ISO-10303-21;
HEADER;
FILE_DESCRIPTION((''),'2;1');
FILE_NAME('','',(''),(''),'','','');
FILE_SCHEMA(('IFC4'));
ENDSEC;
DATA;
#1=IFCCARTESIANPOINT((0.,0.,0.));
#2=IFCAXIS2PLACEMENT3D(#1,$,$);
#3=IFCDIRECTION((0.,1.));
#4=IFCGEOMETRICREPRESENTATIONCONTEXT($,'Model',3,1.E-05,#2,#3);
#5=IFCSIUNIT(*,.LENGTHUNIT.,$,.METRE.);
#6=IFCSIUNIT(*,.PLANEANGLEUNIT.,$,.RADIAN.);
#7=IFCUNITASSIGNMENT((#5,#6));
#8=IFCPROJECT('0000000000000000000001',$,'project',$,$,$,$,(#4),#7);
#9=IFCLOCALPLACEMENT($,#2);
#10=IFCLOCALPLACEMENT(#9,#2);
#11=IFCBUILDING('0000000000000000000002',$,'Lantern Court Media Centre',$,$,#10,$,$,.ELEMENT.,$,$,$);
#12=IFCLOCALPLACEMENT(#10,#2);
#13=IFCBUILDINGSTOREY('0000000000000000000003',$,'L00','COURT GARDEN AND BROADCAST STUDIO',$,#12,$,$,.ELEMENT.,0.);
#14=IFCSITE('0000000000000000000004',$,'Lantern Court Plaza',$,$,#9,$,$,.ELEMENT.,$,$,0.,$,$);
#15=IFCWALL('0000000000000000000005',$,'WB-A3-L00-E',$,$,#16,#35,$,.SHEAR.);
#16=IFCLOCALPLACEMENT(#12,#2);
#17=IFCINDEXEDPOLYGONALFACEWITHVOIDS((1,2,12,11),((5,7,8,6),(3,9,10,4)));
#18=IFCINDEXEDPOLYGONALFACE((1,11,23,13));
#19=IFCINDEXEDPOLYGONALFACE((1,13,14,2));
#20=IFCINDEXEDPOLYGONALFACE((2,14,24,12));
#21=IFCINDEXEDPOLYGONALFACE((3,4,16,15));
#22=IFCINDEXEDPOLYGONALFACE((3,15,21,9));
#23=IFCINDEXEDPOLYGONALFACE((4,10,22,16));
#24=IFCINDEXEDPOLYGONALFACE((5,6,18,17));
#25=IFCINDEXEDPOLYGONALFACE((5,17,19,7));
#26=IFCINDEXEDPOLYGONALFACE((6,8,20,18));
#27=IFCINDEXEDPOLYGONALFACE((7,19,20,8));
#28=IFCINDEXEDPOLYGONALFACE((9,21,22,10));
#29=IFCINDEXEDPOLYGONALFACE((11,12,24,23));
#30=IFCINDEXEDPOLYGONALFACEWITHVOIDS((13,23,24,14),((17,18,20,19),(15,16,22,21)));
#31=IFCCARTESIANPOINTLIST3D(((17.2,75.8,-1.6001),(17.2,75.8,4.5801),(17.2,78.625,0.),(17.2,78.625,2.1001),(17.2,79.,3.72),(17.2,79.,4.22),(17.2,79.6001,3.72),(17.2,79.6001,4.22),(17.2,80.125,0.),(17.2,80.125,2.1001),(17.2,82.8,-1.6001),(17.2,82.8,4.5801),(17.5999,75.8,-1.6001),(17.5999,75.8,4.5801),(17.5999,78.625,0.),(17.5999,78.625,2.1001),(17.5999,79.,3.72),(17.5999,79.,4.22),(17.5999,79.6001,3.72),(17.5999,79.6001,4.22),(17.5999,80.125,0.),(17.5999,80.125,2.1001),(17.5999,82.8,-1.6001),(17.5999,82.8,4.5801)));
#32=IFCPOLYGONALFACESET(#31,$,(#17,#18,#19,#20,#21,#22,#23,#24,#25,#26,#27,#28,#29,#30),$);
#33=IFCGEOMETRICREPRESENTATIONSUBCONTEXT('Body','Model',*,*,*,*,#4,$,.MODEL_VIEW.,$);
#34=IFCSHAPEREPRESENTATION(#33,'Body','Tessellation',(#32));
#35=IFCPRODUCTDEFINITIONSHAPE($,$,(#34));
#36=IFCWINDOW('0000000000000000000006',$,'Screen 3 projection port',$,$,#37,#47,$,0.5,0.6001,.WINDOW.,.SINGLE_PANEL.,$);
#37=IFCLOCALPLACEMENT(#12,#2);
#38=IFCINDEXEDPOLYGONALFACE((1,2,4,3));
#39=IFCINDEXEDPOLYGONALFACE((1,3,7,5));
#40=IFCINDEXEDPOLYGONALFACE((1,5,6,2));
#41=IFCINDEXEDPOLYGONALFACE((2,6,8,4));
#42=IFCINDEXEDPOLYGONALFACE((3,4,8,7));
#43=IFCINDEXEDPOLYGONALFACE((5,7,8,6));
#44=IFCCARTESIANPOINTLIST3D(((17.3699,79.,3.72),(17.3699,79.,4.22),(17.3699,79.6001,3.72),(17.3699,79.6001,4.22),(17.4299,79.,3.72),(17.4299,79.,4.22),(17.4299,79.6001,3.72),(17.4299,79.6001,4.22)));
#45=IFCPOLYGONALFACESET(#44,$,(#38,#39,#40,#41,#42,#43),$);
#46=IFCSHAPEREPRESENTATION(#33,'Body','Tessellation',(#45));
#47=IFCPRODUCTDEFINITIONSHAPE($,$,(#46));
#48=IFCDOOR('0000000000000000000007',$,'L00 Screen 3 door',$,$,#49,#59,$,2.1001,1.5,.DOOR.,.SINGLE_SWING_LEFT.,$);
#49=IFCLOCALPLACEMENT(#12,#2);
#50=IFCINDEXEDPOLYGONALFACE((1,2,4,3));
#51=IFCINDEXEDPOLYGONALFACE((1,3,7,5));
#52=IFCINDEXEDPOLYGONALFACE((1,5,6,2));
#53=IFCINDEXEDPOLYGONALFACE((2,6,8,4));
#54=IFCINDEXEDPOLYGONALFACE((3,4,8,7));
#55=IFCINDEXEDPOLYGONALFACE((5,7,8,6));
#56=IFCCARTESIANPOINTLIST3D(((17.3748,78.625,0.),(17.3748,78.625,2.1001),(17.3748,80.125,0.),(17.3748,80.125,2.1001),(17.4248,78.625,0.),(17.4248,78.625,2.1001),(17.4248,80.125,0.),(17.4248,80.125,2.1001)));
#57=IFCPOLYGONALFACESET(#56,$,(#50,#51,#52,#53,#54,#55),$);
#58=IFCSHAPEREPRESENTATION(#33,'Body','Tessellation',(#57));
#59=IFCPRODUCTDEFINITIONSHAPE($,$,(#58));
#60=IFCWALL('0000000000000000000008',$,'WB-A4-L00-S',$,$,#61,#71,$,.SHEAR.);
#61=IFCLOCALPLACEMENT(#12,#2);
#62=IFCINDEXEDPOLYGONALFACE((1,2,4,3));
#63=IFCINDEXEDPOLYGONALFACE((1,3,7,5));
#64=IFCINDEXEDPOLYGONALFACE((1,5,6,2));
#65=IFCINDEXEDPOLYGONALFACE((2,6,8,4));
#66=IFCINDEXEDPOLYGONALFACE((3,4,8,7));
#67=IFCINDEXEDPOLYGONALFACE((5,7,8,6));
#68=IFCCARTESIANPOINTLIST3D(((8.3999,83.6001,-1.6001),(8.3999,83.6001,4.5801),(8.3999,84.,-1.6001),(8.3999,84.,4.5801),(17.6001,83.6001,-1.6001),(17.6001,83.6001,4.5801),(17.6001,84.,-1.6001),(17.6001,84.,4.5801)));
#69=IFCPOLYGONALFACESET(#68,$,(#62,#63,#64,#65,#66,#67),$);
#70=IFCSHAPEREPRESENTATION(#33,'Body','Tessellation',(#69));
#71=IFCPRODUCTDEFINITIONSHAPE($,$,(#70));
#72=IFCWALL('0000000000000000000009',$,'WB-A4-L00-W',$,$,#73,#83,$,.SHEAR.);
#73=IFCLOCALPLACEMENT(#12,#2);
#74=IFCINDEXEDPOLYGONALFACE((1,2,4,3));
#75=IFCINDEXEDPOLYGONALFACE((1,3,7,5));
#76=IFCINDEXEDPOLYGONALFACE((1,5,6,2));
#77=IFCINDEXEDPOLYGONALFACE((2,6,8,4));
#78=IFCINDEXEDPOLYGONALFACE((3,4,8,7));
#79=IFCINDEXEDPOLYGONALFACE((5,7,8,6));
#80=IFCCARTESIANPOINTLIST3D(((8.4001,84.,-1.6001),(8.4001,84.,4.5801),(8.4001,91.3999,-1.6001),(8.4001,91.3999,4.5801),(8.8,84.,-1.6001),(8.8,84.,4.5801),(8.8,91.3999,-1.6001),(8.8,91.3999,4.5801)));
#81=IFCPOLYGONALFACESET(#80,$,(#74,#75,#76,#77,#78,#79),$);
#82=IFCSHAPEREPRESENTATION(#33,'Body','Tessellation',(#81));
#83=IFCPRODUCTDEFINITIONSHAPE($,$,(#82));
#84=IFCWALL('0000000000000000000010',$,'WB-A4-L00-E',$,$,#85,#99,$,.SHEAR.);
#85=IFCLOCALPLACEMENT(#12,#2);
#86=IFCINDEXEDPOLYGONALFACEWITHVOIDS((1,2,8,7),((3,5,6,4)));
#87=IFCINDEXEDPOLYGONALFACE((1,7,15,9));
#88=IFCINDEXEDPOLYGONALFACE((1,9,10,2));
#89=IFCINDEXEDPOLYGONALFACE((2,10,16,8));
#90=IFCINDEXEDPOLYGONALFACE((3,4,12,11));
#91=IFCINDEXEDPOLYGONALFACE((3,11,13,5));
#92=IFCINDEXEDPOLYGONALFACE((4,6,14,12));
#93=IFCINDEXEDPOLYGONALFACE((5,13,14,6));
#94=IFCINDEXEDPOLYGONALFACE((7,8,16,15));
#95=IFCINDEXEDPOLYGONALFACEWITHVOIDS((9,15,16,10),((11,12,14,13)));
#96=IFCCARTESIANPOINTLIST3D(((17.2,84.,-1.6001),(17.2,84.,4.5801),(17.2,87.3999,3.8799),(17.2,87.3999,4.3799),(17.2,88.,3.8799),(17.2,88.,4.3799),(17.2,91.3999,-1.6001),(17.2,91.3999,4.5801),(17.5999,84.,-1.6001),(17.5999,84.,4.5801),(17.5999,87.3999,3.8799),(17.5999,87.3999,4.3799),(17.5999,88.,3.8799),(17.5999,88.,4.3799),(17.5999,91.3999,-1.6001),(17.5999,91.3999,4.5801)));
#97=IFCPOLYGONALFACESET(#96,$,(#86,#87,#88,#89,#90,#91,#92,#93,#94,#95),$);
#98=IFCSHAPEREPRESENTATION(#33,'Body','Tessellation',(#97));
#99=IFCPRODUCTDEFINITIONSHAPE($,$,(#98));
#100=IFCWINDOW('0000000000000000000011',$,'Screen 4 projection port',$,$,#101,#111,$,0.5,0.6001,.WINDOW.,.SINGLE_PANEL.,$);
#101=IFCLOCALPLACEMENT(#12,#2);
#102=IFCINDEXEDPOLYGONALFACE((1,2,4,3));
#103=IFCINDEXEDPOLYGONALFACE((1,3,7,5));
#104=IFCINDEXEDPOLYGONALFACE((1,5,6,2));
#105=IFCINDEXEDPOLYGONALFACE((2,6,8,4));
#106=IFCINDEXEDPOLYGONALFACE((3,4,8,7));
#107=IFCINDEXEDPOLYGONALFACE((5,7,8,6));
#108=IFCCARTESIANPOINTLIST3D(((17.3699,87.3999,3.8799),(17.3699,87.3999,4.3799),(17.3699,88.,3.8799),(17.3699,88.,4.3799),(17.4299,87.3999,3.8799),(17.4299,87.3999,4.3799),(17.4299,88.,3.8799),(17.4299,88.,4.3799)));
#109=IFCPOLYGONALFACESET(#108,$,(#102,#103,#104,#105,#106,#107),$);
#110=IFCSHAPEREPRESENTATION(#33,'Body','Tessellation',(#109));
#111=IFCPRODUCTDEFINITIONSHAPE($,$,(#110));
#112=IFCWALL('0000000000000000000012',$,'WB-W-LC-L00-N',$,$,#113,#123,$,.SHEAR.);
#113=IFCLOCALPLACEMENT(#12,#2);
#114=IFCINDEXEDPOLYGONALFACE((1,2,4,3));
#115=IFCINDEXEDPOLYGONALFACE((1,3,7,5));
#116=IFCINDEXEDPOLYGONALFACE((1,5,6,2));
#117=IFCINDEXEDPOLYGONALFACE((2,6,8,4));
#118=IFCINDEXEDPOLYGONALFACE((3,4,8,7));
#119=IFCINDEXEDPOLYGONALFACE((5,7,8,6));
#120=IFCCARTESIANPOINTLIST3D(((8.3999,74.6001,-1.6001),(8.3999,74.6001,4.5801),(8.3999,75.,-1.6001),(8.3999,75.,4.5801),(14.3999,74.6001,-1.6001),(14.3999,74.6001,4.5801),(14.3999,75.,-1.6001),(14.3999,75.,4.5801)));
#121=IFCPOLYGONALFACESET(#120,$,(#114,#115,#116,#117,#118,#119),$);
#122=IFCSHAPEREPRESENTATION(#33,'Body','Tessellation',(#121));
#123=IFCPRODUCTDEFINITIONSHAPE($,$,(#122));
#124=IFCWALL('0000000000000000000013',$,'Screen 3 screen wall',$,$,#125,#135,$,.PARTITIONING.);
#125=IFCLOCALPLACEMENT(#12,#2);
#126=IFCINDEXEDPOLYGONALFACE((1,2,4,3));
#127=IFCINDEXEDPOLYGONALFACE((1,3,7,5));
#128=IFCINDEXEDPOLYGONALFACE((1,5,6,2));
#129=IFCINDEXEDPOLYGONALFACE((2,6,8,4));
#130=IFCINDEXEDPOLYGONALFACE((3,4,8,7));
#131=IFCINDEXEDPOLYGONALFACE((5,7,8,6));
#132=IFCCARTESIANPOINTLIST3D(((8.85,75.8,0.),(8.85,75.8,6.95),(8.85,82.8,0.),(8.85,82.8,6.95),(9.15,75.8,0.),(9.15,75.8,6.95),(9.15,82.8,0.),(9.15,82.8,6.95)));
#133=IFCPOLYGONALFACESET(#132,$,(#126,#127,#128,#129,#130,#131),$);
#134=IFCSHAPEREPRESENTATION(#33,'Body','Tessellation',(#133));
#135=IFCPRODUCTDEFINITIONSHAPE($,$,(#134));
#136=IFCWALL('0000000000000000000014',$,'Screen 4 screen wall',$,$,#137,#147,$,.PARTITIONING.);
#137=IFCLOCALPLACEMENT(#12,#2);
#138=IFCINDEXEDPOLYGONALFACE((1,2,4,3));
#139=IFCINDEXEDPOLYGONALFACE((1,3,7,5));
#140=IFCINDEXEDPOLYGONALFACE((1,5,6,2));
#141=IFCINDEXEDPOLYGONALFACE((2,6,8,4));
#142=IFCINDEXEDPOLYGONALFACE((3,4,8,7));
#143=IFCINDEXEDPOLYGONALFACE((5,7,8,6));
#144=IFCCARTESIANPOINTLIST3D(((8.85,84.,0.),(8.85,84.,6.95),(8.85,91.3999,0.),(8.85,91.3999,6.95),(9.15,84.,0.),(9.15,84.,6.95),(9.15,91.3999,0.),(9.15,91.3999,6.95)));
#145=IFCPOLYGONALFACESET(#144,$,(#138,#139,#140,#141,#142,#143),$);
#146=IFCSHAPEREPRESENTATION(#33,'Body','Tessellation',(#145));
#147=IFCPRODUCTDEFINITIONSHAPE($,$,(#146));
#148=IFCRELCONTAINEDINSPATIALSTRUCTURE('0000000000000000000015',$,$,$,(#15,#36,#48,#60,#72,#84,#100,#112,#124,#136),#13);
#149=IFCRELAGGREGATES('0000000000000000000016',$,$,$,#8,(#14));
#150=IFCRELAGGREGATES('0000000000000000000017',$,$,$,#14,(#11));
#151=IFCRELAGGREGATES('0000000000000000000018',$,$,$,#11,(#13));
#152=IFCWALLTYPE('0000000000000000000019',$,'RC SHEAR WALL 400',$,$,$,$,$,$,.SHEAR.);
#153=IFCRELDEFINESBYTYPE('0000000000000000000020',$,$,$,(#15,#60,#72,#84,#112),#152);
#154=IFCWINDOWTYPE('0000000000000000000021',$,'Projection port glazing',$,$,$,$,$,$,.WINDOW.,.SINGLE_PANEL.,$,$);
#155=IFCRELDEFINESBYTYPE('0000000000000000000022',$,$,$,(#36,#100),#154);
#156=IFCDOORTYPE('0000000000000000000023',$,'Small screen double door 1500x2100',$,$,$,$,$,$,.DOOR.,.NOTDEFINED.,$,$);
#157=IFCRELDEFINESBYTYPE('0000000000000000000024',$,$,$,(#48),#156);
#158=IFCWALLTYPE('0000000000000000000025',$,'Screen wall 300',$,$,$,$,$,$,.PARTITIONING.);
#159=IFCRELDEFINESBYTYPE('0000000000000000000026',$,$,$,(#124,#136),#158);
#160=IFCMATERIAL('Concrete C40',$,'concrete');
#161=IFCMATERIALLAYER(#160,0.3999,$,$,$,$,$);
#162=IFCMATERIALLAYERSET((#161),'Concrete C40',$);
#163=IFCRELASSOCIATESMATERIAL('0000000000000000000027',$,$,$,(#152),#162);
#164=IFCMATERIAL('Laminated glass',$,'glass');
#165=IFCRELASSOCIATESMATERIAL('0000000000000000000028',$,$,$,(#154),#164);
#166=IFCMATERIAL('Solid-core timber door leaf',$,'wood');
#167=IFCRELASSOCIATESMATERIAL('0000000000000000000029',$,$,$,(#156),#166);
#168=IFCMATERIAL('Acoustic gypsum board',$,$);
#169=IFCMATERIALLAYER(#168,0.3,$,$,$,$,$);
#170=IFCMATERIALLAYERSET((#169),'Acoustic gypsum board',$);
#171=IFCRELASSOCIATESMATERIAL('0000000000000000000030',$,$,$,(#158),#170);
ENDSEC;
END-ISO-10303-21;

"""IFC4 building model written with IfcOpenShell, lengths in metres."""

from ifc_helpers import new_model, si_unit, direction, frame, frame_2d, origin, place, context, subcontext, project, spatial, rectangle, extrude, material, layer, layer_set, type_object, element, fill, save


model = new_model("IFC4")

# Units and contexts
model_context = context("Model", 3, precision=1e-05, world=origin(), true_north=direction((0.0, 1.0)))
body_context = subcontext(model_context, "Body", "Model", "MODEL_VIEW")
ifc_project = project(units=[si_unit("LENGTHUNIT", "METRE"), si_unit("PLANEANGLEUNIT", "RADIAN")], contexts=[model_context])

# Site, building, storey
site_placement = place(None, origin())
site = spatial("IfcSite", under=ifc_project, at=site_placement, Name="Lantern Court Plaza", CompositionType="ELEMENT", RefElevation=0.0)
building_placement = place(site_placement, origin())
building = spatial("IfcBuilding", under=site, at=building_placement, Name="Lantern Court Media Centre", CompositionType="ELEMENT")
storey_placement = place(building_placement, origin())
storey = spatial("IfcBuildingStorey", under=building, at=storey_placement, Name="L00", Description="COURT GARDEN AND BROADCAST STUDIO", CompositionType="ELEMENT", Elevation=0.0)

# Shared definitions
ifc_material_1 = material(Name="Concrete C40", Category="concrete")
ifc_layer_1 = layer(ifc_material_1, 0.3999)
ifc_layer_set_1 = layer_set([ifc_layer_1], Name="Concrete C40")
wall_type_1 = type_object("IfcWallType", Name="RC SHEAR WALL 400", PredefinedType="SHEAR", material=ifc_layer_set_1)

# Wall, openings, window, door
wall_1_placement = place(storey_placement, frame((17.3999, 75.8, -1.6001), z_axis=(0.0, 0.0, 1.0), x_axis=(0.0, 1.0, 0.0)))
wall_1 = element("IfcWall", 1, at=wall_1_placement, inside=storey, type_object=wall_type_1, Name="WB-A3-L00-E", PredefinedType="SHEAR", context=body_context, shape_type="SweptSolid", body=[
    extrude(rectangle(XDim=7.0, YDim=0.3999, at=frame_2d((3.5, 0.0))), origin(), (0.0, 0.0, 1.0), 6.1802),
])
opening_1_placement = place(wall_1_placement, frame((2.825, 0.0, 1.6001)))
opening_1 = element("IfcOpeningElement", 2, at=opening_1_placement, cuts=wall_1, PredefinedType="OPENING", context=body_context, shape_type="SweptSolid", body=[
    extrude(rectangle(XDim=1.5, YDim=2.1001, at=frame_2d((0.75, 1.05))), frame((0.0, 0.21, 0.0), z_axis=(0.0, -1.0, 0.0), x_axis=(1.0, 0.0, 0.0)), (0.0, 0.0, 1.0), 0.4199),
])
opening_2_placement = place(wall_1_placement, frame((3.2, 0.0, 5.3201)))
opening_2 = element("IfcOpeningElement", 3, at=opening_2_placement, cuts=wall_1, PredefinedType="OPENING", context=body_context, shape_type="SweptSolid", body=[
    extrude(rectangle(XDim=0.6001, YDim=0.5, at=frame_2d((0.3, 0.25))), frame((0.0, 0.21, 0.0), z_axis=(0.0, -1.0, 0.0), x_axis=(1.0, 0.0, 0.0)), (0.0, 0.0, 1.0), 0.4199),
])
ifc_material_2 = material(Name="Laminated glass", Category="glass")
window_type = type_object("IfcWindowType", Name="Projection port glazing", PartitioningType="SINGLE_PANEL", PredefinedType="WINDOW", material=ifc_material_2)
window_1_placement = place(opening_2_placement, origin())
window_1 = element("IfcWindow", 4, at=window_1_placement, inside=storey, type_object=window_type, Name="Screen 3 projection port", OverallHeight=0.5, OverallWidth=0.6001, PartitioningType="SINGLE_PANEL", PredefinedType="WINDOW", context=body_context, shape_type="SweptSolid", body=[
    extrude(rectangle(XDim=0.6001, YDim=0.5, at=frame_2d((0.3, 0.25))), frame((0.0, 0.03, 0.0), z_axis=(0.0, -1.0, 0.0), x_axis=(1.0, 0.0, 0.0)), (0.0, 0.0, 1.0), 0.0601),
])
fill(opening_2, window_1)
ifc_material_3 = material(Name="Solid-core timber door leaf", Category="wood")
door_type_1 = type_object("IfcDoorType", Name="Small screen double door 1500x2100", OperationType="NOTDEFINED", PredefinedType="DOOR", material=ifc_material_3)
door_1_placement = place(opening_1_placement, frame((1.5, 0.0, 0.0), z_axis=(0.0, 0.0, 1.0), x_axis=(-1.0, 0.0, 0.0)))
door_1 = element("IfcDoor", 5, at=door_1_placement, inside=storey, type_object=door_type_1, Name="L00 Screen 3 door", OperationType="SINGLE_SWING_LEFT", OverallHeight=2.1001, OverallWidth=1.5, PredefinedType="DOOR", context=body_context, shape_type="SweptSolid", body=[
    extrude(rectangle(XDim=1.5, YDim=2.1001, at=frame_2d((0.75, 1.05))), frame((0.0, 0.0249, 0.0), z_axis=(0.0, -1.0, 0.0), x_axis=(1.0, 0.0, 0.0)), (0.0, 0.0, 1.0), 0.05),
])
fill(opening_1, door_1)

# Walls
wall_2_placement = place(storey_placement, frame((8.3999, 83.8, -1.6001), z_axis=(0.0, 0.0, 1.0), x_axis=(1.0, 0.0, 0.0)))
element("IfcWall", 6, at=wall_2_placement, inside=storey, type_object=wall_type_1, Name="WB-A4-L00-S", PredefinedType="SHEAR", context=body_context, shape_type="SweptSolid", body=[
    extrude(rectangle(XDim=9.2002, YDim=0.3999, at=frame_2d((4.6001, 0.0))), origin(), (0.0, 0.0, 1.0), 6.1802),
])
wall_3_placement = place(storey_placement, frame((8.6001, 84.0, -1.6001), z_axis=(0.0, 0.0, 1.0), x_axis=(0.0, 1.0, 0.0)))
element("IfcWall", 7, at=wall_3_placement, inside=storey, type_object=wall_type_1, Name="WB-A4-L00-W", PredefinedType="SHEAR", context=body_context, shape_type="SweptSolid", body=[
    extrude(rectangle(XDim=7.3999, YDim=0.3999, at=frame_2d((3.7, 0.0))), origin(), (0.0, 0.0, 1.0), 6.1802),
])

# Wall, opening, window
wall_4_placement = place(storey_placement, frame((17.3999, 84.0, -1.6001), z_axis=(0.0, 0.0, 1.0), x_axis=(0.0, 1.0, 0.0)))
wall_4 = element("IfcWall", 8, at=wall_4_placement, inside=storey, type_object=wall_type_1, Name="WB-A4-L00-E", PredefinedType="SHEAR", context=body_context, shape_type="SweptSolid", body=[
    extrude(rectangle(XDim=7.3999, YDim=0.3999, at=frame_2d((3.7, 0.0))), origin(), (0.0, 0.0, 1.0), 6.1802),
])
opening_3_placement = place(wall_4_placement, frame((3.3999, 0.0, 5.48)))
opening_3 = element("IfcOpeningElement", 9, at=opening_3_placement, cuts=wall_4, PredefinedType="OPENING", context=body_context, shape_type="SweptSolid", body=[
    extrude(rectangle(XDim=0.6001, YDim=0.5, at=frame_2d((0.3, 0.25))), frame((0.0, 0.21, 0.0), z_axis=(0.0, -1.0, 0.0), x_axis=(1.0, 0.0, 0.0)), (0.0, 0.0, 1.0), 0.4199),
])
window_2_placement = place(opening_3_placement, origin())
window_2 = element("IfcWindow", 10, at=window_2_placement, inside=storey, type_object=window_type, Name="Screen 4 projection port", OverallHeight=0.5, OverallWidth=0.6001, PartitioningType="SINGLE_PANEL", PredefinedType="WINDOW", context=body_context, shape_type="SweptSolid", body=[
    extrude(rectangle(XDim=0.6001, YDim=0.5, at=frame_2d((0.3, 0.25))), frame((0.0, 0.03, 0.0), z_axis=(0.0, -1.0, 0.0), x_axis=(1.0, 0.0, 0.0)), (0.0, 0.0, 1.0), 0.0601),
])
fill(opening_3, window_2)

# Walls
wall_5_placement = place(storey_placement, frame((8.3999, 74.8, -1.6001), z_axis=(0.0, 0.0, 1.0), x_axis=(1.0, 0.0, 0.0)))
element("IfcWall", 11, at=wall_5_placement, inside=storey, type_object=wall_type_1, Name="WB-W-LC-L00-N", PredefinedType="SHEAR", context=body_context, shape_type="SweptSolid", body=[
    extrude(rectangle(XDim=6.0, YDim=0.3999, at=frame_2d((3.0, 0.0))), origin(), (0.0, 0.0, 1.0), 6.1802),
])
ifc_material_4 = material(Name="Acoustic gypsum board")
ifc_layer_2 = layer(ifc_material_4, 0.3)
ifc_layer_set_2 = layer_set([ifc_layer_2], Name="Acoustic gypsum board")
wall_type_2 = type_object("IfcWallType", Name="Screen wall 300", PredefinedType="PARTITIONING", material=ifc_layer_set_2)
wall_6_placement = place(storey_placement, frame((9.0, 75.8, 0.0), z_axis=(0.0, 0.0, 1.0), x_axis=(0.0, 1.0, 0.0)))
element("IfcWall", 12, at=wall_6_placement, inside=storey, type_object=wall_type_2, Name="Screen 3 screen wall", PredefinedType="PARTITIONING", context=body_context, shape_type="SweptSolid", body=[
    extrude(rectangle(XDim=7.0, YDim=0.3, at=frame_2d((3.5, 0.0))), origin(), (0.0, 0.0, 1.0), 6.95),
])
wall_7_placement = place(storey_placement, frame((9.0, 84.0, 0.0), z_axis=(0.0, 0.0, 1.0), x_axis=(0.0, 1.0, 0.0)))
element("IfcWall", 13, at=wall_7_placement, inside=storey, type_object=wall_type_2, Name="Screen 4 screen wall", PredefinedType="PARTITIONING", context=body_context, shape_type="SweptSolid", body=[
    extrude(rectangle(XDim=7.3999, YDim=0.3, at=frame_2d((3.7, 0.0))), origin(), (0.0, 0.0, 1.0), 6.95),
])

save(model, "model.ifc")
